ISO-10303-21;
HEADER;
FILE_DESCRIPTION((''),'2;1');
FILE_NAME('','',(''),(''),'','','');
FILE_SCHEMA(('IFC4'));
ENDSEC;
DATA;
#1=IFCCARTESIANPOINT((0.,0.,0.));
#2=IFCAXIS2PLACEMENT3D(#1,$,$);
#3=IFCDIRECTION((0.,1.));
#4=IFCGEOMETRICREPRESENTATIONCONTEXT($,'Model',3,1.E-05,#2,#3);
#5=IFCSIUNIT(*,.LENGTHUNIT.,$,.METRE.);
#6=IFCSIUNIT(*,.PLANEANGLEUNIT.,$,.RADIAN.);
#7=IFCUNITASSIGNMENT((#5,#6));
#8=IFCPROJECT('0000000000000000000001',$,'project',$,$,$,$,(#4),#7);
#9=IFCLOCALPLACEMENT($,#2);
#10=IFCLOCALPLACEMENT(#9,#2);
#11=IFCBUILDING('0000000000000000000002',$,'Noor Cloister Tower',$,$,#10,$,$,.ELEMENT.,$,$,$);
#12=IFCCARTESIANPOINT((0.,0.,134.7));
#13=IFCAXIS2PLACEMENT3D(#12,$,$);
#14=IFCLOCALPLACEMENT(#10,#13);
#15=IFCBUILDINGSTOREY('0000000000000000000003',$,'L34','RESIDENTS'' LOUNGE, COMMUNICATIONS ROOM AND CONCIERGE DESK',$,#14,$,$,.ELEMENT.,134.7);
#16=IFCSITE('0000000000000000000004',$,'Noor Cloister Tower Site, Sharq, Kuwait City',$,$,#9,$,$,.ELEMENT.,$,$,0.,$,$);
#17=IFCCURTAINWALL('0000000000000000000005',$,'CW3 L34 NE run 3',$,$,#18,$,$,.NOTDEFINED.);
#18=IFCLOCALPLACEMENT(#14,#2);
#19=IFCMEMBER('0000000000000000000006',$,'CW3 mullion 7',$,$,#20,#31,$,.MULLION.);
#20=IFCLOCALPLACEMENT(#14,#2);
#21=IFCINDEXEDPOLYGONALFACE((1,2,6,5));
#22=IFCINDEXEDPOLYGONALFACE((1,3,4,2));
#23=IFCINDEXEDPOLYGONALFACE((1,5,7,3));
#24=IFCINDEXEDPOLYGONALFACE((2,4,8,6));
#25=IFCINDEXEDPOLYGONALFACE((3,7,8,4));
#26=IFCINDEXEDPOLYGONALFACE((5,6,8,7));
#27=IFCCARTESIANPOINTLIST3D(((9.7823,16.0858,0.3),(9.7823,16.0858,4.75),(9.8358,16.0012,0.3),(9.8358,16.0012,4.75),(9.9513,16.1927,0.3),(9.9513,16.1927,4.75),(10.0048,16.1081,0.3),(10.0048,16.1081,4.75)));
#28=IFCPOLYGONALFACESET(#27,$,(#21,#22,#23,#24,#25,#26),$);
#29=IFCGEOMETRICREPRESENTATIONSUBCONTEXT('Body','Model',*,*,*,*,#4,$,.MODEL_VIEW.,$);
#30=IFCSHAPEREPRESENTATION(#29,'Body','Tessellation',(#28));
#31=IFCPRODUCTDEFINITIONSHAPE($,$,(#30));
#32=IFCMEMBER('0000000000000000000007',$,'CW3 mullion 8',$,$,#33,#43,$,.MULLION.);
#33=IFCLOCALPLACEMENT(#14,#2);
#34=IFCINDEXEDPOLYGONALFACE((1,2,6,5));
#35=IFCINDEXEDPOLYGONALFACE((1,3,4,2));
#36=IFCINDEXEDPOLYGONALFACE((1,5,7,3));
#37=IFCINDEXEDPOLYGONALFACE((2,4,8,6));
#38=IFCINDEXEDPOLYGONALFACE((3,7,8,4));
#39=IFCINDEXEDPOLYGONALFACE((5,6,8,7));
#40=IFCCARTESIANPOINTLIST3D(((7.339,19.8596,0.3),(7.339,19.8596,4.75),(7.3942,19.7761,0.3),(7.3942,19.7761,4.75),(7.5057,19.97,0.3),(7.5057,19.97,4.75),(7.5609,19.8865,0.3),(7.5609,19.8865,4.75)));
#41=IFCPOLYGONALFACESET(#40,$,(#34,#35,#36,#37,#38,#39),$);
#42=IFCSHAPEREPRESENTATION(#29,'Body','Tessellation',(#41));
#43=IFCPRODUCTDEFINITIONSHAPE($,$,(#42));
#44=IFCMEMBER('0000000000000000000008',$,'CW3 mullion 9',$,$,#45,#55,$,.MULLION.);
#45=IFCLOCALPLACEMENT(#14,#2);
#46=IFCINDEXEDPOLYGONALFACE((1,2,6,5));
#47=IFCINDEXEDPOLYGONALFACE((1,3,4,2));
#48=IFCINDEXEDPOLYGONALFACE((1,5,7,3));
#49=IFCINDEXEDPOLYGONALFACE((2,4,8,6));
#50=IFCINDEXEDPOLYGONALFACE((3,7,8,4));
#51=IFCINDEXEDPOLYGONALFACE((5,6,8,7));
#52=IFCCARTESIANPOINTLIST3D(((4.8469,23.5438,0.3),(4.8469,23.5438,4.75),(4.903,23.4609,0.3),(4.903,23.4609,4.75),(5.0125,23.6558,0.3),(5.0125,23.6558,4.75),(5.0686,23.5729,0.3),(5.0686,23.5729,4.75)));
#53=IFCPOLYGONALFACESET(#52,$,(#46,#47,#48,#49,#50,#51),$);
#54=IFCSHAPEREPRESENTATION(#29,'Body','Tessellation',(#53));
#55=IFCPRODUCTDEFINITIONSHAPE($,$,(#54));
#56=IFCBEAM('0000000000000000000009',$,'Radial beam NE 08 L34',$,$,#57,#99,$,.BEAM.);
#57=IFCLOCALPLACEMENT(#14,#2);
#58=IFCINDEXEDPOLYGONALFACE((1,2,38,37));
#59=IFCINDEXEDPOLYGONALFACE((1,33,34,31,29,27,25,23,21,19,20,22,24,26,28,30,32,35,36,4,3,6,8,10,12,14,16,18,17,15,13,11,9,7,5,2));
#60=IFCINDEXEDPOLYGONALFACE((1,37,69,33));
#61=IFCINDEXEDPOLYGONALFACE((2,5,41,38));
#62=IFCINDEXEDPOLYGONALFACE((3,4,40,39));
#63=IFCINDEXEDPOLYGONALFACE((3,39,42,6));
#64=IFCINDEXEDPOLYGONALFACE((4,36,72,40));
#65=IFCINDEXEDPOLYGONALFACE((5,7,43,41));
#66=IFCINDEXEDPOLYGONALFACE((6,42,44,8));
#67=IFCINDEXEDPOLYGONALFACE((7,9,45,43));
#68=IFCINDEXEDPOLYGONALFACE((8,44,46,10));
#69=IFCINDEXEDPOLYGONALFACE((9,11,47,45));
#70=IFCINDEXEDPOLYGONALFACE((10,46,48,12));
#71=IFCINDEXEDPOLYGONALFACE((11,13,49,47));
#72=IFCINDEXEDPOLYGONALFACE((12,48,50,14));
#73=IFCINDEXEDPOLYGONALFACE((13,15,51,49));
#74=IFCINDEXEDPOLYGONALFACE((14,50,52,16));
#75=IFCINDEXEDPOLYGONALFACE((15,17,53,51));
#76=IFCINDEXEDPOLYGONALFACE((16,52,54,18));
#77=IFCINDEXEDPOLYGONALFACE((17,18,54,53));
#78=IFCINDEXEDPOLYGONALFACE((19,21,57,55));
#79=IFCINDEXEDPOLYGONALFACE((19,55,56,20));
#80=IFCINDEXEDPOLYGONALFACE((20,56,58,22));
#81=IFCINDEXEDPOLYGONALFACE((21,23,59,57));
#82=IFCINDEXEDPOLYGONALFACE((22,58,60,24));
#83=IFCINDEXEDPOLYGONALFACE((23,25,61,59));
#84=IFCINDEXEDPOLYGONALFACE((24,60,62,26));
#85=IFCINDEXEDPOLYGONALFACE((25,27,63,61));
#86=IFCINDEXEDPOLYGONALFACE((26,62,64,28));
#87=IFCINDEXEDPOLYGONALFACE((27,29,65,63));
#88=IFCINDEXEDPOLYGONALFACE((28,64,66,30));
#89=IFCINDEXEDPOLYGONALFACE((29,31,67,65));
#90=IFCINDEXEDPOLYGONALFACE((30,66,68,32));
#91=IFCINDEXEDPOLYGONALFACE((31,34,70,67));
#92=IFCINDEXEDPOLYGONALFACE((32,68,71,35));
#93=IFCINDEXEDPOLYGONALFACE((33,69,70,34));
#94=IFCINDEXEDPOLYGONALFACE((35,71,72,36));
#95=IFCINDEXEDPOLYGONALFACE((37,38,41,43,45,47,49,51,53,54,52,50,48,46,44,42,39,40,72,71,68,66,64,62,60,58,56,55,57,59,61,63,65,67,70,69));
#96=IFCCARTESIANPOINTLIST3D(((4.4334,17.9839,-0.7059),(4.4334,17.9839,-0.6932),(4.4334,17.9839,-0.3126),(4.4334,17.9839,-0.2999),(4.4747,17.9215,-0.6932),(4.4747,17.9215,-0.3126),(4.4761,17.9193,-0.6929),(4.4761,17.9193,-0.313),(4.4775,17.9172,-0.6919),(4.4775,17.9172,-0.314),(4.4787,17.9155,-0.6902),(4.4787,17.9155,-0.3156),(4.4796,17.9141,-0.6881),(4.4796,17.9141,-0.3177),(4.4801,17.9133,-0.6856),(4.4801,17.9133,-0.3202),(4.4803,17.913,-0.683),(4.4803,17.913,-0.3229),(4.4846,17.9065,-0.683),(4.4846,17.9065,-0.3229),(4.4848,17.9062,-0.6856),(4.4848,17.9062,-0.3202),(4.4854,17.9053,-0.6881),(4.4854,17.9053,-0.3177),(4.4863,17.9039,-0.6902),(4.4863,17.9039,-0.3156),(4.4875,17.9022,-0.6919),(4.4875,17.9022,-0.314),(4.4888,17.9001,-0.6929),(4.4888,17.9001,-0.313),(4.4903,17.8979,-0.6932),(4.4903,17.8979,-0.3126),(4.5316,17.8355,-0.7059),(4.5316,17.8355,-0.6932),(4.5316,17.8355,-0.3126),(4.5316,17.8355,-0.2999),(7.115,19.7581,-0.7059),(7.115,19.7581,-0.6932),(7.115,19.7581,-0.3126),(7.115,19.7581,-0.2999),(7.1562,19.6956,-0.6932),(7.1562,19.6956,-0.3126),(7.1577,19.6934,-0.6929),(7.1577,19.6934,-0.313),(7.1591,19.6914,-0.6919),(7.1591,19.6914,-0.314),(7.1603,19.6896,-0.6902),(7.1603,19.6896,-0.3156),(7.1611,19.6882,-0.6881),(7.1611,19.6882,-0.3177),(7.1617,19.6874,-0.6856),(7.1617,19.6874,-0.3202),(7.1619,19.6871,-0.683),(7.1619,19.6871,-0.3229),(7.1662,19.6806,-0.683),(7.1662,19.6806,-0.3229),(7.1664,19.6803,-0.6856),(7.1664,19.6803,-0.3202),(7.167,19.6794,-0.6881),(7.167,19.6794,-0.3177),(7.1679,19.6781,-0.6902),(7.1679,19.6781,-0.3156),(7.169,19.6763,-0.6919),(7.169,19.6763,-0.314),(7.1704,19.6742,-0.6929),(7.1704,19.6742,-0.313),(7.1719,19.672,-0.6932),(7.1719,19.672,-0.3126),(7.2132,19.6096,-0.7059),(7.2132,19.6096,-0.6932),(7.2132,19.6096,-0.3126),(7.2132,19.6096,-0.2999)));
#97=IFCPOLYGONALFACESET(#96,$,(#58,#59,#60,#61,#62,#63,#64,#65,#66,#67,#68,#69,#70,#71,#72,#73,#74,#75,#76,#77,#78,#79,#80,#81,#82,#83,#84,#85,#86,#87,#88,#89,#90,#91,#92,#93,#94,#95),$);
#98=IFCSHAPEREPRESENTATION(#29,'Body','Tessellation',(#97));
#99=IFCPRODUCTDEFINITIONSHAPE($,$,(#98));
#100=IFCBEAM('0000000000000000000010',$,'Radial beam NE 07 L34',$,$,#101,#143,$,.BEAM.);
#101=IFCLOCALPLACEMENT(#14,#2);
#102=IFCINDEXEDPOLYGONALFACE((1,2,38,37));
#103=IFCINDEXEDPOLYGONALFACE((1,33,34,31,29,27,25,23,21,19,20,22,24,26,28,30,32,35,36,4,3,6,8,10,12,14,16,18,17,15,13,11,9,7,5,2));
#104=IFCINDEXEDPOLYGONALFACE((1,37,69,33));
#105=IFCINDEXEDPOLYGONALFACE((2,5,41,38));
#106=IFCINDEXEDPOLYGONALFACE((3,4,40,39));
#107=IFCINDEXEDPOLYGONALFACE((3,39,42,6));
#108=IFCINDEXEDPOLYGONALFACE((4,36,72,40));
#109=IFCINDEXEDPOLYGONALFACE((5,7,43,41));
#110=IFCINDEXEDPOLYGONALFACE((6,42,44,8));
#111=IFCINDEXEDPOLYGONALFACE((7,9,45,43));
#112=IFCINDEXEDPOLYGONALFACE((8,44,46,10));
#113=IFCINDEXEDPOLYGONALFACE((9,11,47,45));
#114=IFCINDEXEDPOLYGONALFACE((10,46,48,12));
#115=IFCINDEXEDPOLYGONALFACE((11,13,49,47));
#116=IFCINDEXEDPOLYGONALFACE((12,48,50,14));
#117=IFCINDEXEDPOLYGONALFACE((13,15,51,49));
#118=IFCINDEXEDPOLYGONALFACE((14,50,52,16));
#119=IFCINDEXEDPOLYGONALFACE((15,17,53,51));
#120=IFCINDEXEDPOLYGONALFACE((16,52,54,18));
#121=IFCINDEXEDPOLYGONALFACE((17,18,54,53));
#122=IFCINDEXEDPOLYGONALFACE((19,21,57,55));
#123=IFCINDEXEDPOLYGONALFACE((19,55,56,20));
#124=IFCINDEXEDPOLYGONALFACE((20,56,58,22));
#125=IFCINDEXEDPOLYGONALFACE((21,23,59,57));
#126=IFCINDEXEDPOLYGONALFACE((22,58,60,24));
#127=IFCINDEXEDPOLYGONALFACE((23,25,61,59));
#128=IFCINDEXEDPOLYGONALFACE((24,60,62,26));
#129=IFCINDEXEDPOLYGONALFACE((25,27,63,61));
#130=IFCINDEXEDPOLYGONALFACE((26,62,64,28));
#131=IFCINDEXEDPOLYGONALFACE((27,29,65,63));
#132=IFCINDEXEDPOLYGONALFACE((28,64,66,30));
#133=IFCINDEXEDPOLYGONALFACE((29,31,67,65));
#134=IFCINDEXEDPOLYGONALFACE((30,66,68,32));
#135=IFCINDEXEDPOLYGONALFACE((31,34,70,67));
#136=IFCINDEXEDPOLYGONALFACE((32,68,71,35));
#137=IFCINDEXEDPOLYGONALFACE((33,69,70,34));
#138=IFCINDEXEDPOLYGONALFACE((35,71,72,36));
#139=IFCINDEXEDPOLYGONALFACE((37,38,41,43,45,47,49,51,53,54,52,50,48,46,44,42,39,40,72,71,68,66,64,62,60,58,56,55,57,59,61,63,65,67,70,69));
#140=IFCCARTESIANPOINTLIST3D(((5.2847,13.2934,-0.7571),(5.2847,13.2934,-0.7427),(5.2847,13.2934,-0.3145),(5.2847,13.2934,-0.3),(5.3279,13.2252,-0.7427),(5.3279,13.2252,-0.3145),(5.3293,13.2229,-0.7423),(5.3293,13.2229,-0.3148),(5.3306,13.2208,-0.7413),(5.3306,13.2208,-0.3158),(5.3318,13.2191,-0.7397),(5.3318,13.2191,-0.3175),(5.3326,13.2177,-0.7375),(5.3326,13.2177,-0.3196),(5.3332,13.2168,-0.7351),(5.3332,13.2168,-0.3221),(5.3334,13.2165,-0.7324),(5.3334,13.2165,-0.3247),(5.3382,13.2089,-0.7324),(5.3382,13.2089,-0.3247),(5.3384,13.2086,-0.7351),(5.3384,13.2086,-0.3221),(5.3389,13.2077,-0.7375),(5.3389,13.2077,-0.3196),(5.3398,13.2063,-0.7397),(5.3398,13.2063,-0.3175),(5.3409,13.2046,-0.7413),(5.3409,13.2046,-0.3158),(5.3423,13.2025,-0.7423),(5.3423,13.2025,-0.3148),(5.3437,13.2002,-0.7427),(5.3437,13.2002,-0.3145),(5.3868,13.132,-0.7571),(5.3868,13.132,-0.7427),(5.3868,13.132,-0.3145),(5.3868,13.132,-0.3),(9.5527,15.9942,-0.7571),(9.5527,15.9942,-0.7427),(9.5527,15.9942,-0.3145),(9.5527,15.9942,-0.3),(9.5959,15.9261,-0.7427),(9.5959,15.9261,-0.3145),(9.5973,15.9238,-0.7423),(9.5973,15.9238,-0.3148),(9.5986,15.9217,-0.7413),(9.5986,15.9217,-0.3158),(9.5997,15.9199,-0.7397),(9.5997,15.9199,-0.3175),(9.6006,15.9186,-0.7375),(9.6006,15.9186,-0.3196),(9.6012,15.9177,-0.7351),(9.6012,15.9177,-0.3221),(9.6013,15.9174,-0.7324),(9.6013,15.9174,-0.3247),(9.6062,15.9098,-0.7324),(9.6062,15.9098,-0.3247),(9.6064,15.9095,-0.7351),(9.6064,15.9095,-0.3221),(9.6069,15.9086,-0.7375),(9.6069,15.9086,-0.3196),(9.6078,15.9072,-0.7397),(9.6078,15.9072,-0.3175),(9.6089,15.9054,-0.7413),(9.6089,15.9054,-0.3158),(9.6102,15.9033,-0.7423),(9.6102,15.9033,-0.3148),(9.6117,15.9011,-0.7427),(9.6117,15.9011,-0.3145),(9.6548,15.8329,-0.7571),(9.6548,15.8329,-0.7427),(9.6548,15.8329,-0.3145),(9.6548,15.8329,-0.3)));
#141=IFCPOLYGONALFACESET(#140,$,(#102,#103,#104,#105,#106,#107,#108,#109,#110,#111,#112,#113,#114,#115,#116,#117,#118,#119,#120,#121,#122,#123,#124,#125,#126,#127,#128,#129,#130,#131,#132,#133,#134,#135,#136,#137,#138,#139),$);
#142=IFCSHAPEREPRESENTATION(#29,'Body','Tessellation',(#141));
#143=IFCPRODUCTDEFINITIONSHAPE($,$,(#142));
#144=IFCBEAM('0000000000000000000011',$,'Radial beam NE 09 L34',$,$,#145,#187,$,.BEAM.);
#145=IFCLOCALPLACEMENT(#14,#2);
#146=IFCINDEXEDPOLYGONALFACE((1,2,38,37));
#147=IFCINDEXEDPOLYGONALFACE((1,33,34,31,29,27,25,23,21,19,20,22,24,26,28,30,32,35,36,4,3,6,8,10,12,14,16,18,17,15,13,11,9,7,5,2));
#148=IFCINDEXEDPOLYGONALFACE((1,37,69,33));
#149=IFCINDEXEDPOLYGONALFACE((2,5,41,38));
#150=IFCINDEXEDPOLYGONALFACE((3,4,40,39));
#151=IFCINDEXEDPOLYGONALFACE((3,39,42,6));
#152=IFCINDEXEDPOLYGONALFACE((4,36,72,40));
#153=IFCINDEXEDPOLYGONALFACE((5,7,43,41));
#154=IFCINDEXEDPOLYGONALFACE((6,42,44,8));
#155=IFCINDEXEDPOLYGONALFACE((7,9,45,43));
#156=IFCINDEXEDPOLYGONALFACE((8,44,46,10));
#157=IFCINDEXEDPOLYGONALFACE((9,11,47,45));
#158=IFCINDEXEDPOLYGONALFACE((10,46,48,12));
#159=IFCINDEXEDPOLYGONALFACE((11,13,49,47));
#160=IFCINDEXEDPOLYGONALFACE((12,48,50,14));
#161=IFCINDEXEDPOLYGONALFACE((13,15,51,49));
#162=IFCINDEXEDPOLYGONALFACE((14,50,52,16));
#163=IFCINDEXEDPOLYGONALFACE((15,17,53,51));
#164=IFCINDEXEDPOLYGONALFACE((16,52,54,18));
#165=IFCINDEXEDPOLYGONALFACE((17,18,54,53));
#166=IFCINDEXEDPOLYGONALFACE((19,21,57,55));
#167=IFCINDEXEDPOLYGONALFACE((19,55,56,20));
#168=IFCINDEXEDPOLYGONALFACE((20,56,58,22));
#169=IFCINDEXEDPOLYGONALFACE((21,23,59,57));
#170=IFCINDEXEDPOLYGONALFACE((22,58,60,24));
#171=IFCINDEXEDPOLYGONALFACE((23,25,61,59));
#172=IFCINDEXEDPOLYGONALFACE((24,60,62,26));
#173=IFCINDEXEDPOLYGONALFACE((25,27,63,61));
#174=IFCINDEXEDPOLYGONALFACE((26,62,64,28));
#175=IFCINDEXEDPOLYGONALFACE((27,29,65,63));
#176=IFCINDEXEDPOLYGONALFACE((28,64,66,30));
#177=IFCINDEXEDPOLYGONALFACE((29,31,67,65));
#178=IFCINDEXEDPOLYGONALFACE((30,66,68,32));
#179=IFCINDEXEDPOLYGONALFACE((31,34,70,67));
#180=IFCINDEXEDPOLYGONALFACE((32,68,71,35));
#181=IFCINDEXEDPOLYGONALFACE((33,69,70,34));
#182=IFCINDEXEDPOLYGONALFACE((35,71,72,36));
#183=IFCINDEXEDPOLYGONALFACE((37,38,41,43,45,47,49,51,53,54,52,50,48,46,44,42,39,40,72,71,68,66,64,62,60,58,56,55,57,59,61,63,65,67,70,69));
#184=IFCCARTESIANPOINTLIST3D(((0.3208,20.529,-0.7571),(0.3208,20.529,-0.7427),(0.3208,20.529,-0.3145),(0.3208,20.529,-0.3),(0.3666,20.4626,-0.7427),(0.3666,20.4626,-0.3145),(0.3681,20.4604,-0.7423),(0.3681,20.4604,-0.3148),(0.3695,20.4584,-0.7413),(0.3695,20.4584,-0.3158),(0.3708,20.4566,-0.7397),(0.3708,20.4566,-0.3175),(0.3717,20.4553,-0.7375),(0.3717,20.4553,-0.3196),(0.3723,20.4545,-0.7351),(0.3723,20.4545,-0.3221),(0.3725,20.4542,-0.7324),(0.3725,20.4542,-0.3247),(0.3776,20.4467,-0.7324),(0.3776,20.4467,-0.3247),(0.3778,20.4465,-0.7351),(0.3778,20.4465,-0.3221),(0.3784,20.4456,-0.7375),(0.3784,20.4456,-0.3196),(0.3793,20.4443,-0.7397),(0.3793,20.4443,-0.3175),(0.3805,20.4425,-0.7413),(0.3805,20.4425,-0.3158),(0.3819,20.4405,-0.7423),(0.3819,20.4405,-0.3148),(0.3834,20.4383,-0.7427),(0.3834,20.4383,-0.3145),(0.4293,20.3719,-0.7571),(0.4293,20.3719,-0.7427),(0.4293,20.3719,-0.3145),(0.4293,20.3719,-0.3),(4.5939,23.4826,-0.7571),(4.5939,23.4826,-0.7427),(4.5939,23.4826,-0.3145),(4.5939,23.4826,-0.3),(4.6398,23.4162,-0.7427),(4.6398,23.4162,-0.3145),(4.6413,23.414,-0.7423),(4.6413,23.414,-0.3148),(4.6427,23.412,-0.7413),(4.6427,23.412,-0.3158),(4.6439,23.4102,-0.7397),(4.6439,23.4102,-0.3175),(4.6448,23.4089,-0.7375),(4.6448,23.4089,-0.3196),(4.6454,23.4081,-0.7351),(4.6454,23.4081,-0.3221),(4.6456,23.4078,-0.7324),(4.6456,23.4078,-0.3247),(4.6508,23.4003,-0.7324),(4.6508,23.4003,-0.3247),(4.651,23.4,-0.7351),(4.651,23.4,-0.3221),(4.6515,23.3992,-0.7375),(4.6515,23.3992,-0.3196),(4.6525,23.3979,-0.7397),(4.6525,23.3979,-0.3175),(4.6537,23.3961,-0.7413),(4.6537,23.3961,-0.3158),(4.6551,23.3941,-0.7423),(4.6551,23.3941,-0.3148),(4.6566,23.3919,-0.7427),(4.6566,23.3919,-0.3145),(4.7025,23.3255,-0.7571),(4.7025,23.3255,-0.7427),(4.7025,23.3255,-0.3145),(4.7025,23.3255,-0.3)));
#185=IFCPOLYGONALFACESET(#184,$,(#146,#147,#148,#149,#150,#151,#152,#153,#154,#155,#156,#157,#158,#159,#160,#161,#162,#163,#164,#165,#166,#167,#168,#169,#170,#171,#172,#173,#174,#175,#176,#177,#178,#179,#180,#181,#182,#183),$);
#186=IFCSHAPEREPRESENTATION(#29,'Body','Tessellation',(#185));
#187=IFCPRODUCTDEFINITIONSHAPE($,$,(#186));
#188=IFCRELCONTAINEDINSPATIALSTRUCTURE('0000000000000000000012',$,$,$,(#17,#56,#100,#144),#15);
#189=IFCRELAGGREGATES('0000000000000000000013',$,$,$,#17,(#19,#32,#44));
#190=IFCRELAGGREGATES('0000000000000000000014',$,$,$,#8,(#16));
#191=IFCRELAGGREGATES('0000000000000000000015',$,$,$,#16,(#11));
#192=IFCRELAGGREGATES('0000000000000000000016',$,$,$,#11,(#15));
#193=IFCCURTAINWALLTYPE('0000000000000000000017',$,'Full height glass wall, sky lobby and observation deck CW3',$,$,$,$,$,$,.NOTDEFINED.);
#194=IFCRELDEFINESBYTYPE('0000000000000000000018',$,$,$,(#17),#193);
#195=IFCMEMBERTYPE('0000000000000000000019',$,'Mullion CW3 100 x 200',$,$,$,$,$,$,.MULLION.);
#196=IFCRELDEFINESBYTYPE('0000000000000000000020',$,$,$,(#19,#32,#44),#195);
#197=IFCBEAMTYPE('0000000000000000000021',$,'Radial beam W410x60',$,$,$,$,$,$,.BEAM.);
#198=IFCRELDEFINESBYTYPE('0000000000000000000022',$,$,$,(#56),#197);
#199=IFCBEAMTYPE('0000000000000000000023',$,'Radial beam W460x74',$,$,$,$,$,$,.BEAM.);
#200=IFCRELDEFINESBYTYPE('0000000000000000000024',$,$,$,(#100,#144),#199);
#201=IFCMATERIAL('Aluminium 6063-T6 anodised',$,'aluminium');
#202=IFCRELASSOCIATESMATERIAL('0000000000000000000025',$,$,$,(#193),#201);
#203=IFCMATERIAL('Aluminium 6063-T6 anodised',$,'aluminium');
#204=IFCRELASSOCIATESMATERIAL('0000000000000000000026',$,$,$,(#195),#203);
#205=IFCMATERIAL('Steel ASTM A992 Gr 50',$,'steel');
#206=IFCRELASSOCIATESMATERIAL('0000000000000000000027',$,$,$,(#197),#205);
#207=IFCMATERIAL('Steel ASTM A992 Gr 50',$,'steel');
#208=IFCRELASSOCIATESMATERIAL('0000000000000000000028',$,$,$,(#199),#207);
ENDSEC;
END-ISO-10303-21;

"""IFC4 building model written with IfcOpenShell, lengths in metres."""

from ifc_helpers import new_model, si_unit, direction, frame, origin, origin_2d, place, context, subcontext, project, spatial, rectangle, i_section, extrude, material, material_profile, profile_set, type_object, element, aggregate, save


model = new_model("IFC4")

# Units and contexts
model_context = context("Model", 3, precision=1e-05, world=origin(), true_north=direction((0.0, 1.0)))
body_context = subcontext(model_context, "Body", "Model", "MODEL_VIEW")
ifc_project = project(units=[si_unit("LENGTHUNIT", "METRE"), si_unit("PLANEANGLEUNIT", "RADIAN")], contexts=[model_context])

# Site, building, storey
site_placement = place(None, origin())
site = spatial("IfcSite", under=ifc_project, at=site_placement, Name="Noor Cloister Tower Site, Sharq, Kuwait City", CompositionType="ELEMENT", RefElevation=0.0)
building_placement = place(site_placement, origin())
building = spatial("IfcBuilding", under=site, at=building_placement, Name="Noor Cloister Tower", CompositionType="ELEMENT")
storey_placement = place(building_placement, frame((0.0, 0.0, 134.7)))
storey = spatial("IfcBuildingStorey", under=building, at=storey_placement, Name="L34", Description="RESIDENTS' LOUNGE, COMMUNICATIONS ROOM AND CONCIERGE DESK", CompositionType="ELEMENT", Elevation=134.7)

# Curtain wall, members
ifc_material_1 = material(Name="Aluminium 6063-T6 anodised", Category="aluminium")
curtain_wall_type = type_object("IfcCurtainWallType", Name="Full height glass wall, sky lobby and observation deck CW3", PredefinedType="NOTDEFINED", material=ifc_material_1)
curtain_wall_placement = place(storey_placement, origin())
curtain_wall = element("IfcCurtainWall", 1, at=curtain_wall_placement, inside=storey, type_object=curtain_wall_type, Name="CW3 L34 NE run 3", PredefinedType="NOTDEFINED")
ifc_material_2 = material(Name="Aluminium 6063-T6 anodised", Category="aluminium")
ifc_material_profile_1 = material_profile(ifc_material_2, rectangle(XDim=0.2, YDim=0.1001, at=origin_2d()), Name="200 x 100 mullion")
ifc_profile_set_1 = profile_set([ifc_material_profile_1], Name="Aluminium 6063-T6 anodised")
member_type = type_object("IfcMemberType", Name="Mullion CW3 100 x 200", PredefinedType="MULLION", material=ifc_profile_set_1)
member_1_placement = place(storey_placement, frame((9.8936, 16.0969, 0.3), z_axis=(0.0, 0.0, 1.0), x_axis=(-0.845023, -0.53473, 0.0)))
member_1 = element("IfcMember", 2, at=member_1_placement, type_object=member_type, Name="CW3 mullion 7", PredefinedType="MULLION", context=body_context, shape_type="SweptSolid", body=[
    extrude(rectangle(XDim=0.2, YDim=0.1001, at=origin_2d()), origin(), (0.0, 0.0, 1.0), 4.45),
])
member_2_placement = place(storey_placement, frame((7.45, 19.873, 0.3), z_axis=(0.0, 0.0, 1.0), x_axis=(-0.833997, -0.551768, 0.0)))
member_2 = element("IfcMember", 3, at=member_2_placement, type_object=member_type, Name="CW3 mullion 8", PredefinedType="MULLION", context=body_context, shape_type="SweptSolid", body=[
    extrude(rectangle(XDim=0.2, YDim=0.1001, at=origin_2d()), origin(), (0.0, 0.0, 1.0), 4.45),
])
member_3_placement = place(storey_placement, frame((4.9578, 23.5583, 0.3), z_axis=(0.0, 0.0, 1.0), x_axis=(-0.828356, -0.560203, 0.0)))
member_3 = element("IfcMember", 4, at=member_3_placement, type_object=member_type, Name="CW3 mullion 9", PredefinedType="MULLION", context=body_context, shape_type="SweptSolid", body=[
    extrude(rectangle(XDim=0.2, YDim=0.1001, at=origin_2d()), origin(), (0.0, 0.0, 1.0), 4.45),
])

# Beams
ifc_material_3 = material(Name="Steel ASTM A992 Gr 50", Category="steel")
ifc_material_profile_2 = material_profile(ifc_material_3, i_section(OverallWidth=0.178, OverallDepth=0.406, WebThickness=0.0078, FlangeThickness=0.0127, FilletRadius=0.0103, at=origin_2d()), Name="W410x60")
ifc_profile_set_2 = profile_set([ifc_material_profile_2], Name="Steel ASTM A992 Gr 50")
beam_type_1 = type_object("IfcBeamType", Name="Radial beam W410x60", PredefinedType="BEAM", material=ifc_profile_set_2)
beam_1_placement = place(storey_placement, frame((7.1641, 19.6838, -0.5029), z_axis=(-0.833996, -0.551771, 0.0), x_axis=(0.551771, -0.833996, 0.0)))
element("IfcBeam", 5, at=beam_1_placement, inside=storey, type_object=beam_type_1, Name="Radial beam NE 08 L34", PredefinedType="BEAM", context=body_context, shape_type="SweptSolid", body=[
    extrude(i_section(OverallWidth=0.178, OverallDepth=0.406, WebThickness=0.0078, FlangeThickness=0.0127, FilletRadius=0.0103, at=origin_2d()), origin(), (0.0, 0.0, 1.0), 3.2153),
])
ifc_material_4 = material(Name="Steel ASTM A992 Gr 50", Category="steel")
ifc_material_profile_3 = material_profile(ifc_material_4, i_section(OverallWidth=0.1909, OverallDepth=0.457, WebThickness=0.009, FlangeThickness=0.0144, FilletRadius=0.0103, at=origin_2d()), Name="W460x74")
ifc_profile_set_3 = profile_set([ifc_material_profile_3], Name="Steel ASTM A992 Gr 50")
beam_type_2 = type_object("IfcBeamType", Name="Radial beam W460x74", PredefinedType="BEAM", material=ifc_profile_set_3)
beam_2_placement = place(storey_placement, frame((9.6038, 15.9136, -0.5286), z_axis=(-0.845014, -0.534744, 0.0), x_axis=(0.534744, -0.845014, 0.0)))
element("IfcBeam", 6, at=beam_2_placement, inside=storey, type_object=beam_type_2, Name="Radial beam NE 07 L34", PredefinedType="BEAM", context=body_context, shape_type="SweptSolid", body=[
    extrude(i_section(OverallWidth=0.1909, OverallDepth=0.457, WebThickness=0.009, FlangeThickness=0.0144, FilletRadius=0.0103, at=origin_2d()), origin(), (0.0, 0.0, 1.0), 5.0508),
])
beam_3_placement = place(storey_placement, frame((4.6482, 23.4041, -0.5286), z_axis=(-0.82262, -0.568592, 0.0), x_axis=(0.568592, -0.82262, 0.0)))
element("IfcBeam", 7, at=beam_3_placement, inside=storey, type_object=beam_type_2, Name="Radial beam NE 09 L34", PredefinedType="BEAM", context=body_context, shape_type="SweptSolid", body=[
    extrude(i_section(OverallWidth=0.1909, OverallDepth=0.457, WebThickness=0.009, FlangeThickness=0.0144, FilletRadius=0.0103, at=origin_2d()), origin(), (0.0, 0.0, 1.0), 5.1946),
])

aggregate(curtain_wall, [member_1, member_2, member_3])

save(model, "model.ifc")
